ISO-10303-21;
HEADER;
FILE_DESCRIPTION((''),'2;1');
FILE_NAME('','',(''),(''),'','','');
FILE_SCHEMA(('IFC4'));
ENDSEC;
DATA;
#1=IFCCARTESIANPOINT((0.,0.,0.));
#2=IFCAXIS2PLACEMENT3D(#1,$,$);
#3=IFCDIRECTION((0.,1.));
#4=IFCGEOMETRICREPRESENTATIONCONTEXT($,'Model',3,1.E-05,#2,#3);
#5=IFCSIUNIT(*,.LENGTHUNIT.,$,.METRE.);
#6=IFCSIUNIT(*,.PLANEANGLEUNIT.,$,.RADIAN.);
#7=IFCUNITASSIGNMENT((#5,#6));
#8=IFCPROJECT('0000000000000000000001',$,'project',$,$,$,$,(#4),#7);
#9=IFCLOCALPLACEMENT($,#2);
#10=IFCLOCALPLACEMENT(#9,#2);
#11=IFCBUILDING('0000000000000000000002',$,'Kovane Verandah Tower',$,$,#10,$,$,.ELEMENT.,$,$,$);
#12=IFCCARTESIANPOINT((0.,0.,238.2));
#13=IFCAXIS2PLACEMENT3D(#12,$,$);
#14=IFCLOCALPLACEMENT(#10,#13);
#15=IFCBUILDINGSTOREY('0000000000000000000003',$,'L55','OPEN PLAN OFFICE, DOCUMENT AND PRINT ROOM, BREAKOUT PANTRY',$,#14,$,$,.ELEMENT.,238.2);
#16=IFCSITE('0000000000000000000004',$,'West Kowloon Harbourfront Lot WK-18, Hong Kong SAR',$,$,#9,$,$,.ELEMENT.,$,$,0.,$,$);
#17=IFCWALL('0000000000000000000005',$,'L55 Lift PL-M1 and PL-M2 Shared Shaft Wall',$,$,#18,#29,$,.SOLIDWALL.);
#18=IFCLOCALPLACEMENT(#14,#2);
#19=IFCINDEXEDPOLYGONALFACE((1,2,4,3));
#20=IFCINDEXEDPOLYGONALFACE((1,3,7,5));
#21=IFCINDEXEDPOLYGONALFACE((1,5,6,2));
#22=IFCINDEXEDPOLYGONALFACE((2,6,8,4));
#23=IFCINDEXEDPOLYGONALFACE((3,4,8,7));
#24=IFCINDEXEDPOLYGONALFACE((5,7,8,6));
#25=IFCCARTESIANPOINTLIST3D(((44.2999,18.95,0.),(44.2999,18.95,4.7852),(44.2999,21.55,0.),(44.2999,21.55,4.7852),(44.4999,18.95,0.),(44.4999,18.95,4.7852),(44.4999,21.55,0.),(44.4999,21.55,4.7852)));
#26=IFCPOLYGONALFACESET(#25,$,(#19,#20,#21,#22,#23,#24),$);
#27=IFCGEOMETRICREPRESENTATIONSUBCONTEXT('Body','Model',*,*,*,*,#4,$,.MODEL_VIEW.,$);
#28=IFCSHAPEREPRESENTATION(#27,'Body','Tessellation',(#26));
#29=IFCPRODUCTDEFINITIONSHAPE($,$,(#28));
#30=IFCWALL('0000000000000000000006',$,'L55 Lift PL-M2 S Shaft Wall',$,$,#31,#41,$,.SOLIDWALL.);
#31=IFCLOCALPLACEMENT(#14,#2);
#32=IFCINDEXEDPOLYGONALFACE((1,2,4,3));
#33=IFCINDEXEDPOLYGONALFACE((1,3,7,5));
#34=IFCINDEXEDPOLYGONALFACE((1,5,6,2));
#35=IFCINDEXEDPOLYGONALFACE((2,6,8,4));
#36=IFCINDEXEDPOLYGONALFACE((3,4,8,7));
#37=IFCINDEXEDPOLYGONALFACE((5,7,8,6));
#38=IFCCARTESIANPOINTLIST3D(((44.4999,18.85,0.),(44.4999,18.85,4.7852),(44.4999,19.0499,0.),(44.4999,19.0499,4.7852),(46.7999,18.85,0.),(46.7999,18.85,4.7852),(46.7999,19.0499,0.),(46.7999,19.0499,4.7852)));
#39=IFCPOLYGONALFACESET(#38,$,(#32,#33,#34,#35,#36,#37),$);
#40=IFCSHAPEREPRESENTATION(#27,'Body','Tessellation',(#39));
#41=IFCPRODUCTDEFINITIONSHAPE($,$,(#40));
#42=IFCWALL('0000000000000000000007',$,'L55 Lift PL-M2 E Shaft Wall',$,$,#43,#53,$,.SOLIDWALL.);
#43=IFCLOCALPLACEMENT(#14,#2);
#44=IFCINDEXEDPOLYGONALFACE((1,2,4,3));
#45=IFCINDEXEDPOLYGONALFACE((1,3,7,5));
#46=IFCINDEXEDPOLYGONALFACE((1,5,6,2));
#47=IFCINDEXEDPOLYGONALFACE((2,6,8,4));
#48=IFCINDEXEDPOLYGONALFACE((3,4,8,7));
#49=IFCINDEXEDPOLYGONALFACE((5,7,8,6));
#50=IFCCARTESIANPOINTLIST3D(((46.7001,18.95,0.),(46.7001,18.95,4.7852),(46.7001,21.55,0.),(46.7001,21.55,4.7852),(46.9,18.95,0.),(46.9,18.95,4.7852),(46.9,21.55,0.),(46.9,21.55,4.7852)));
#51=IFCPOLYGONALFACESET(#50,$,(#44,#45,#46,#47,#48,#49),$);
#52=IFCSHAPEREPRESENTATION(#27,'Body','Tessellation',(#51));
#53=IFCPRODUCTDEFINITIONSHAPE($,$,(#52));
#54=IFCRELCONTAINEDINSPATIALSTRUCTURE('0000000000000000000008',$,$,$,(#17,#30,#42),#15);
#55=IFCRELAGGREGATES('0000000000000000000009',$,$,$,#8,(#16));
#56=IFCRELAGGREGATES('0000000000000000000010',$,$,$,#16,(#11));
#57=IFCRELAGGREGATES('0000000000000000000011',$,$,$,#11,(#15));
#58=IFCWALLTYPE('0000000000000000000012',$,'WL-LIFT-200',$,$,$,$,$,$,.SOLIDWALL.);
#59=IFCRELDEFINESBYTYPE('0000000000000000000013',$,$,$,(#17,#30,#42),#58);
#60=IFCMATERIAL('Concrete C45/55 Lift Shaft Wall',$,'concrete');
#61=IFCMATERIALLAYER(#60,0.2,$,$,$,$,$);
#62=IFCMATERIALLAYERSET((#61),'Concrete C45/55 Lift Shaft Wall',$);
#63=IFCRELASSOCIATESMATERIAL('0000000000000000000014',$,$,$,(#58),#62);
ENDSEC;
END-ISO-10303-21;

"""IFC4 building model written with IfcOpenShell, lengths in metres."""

from ifc_helpers import new_model, si_unit, direction, frame, frame_2d, origin, place, context, subcontext, project, spatial, rectangle, extrude, material, layer, layer_set, type_object, element, save


model = new_model("IFC4")

# Units and contexts
model_context = context("Model", 3, precision=1e-05, world=origin(), true_north=direction((0.0, 1.0)))
body_context = subcontext(model_context, "Body", "Model", "MODEL_VIEW")
ifc_project = project(units=[si_unit("LENGTHUNIT", "METRE"), si_unit("PLANEANGLEUNIT", "RADIAN")], contexts=[model_context])

# Site, building, storey
site_placement = place(None, origin())
site = spatial("IfcSite", under=ifc_project, at=site_placement, Name="West Kowloon Harbourfront Lot WK-18, Hong Kong SAR", CompositionType="ELEMENT", RefElevation=0.0)
building_placement = place(site_placement, origin())
building = spatial("IfcBuilding", under=site, at=building_placement, Name="Kovane Verandah Tower", CompositionType="ELEMENT")
storey_placement = place(building_placement, frame((0.0, 0.0, 238.2)))
storey = spatial("IfcBuildingStorey", under=building, at=storey_placement, Name="L55", Description="OPEN PLAN OFFICE, DOCUMENT AND PRINT ROOM, BREAKOUT PANTRY", CompositionType="ELEMENT", Elevation=238.2)

# Walls
ifc_material_1 = material(Name="Concrete C45/55 Lift Shaft Wall", Category="concrete")
ifc_layer_1 = layer(ifc_material_1, 0.2)
ifc_layer_set_1 = layer_set([ifc_layer_1], Name="Concrete C45/55 Lift Shaft Wall")
wall_type_1 = type_object("IfcWallType", Name="WL-LIFT-200", PredefinedType="SOLIDWALL", material=ifc_layer_set_1)
wall_1_placement = place(storey_placement, frame((44.3999, 18.95, 0.0), z_axis=(0.0, 0.0, 1.0), x_axis=(0.0, 1.0, 0.0)))
element("IfcWall", 1, at=wall_1_placement, inside=storey, type_object=wall_type_1, Name="L55 Lift PL-M1 and PL-M2 Shared Shaft Wall", PredefinedType="SOLIDWALL", context=body_context, shape_type="SweptSolid", body=[
    extrude(rectangle(XDim=2.6001, YDim=0.2, at=frame_2d((1.3, 0.0))), origin(), (0.0, 0.0, 1.0), 4.7852),
])
wall_2_placement = place(storey_placement, frame((44.5, 18.95, 0.0), z_axis=(0.0, 0.0, 1.0), x_axis=(1.0, 0.0, 0.0)))
element("IfcWall", 2, at=wall_2_placement, inside=storey, type_object=wall_type_1, Name="L55 Lift PL-M2 S Shaft Wall", PredefinedType="SOLIDWALL", context=body_context, shape_type="SweptSolid", body=[
    extrude(rectangle(XDim=2.3, YDim=0.2, at=frame_2d((1.1499, 0.0))), origin(), (0.0, 0.0, 1.0), 4.7852),
])
wall_3_placement = place(storey_placement, frame((46.8, 18.95, 0.0), z_axis=(0.0, 0.0, 1.0), x_axis=(0.0, 1.0, 0.0)))
element("IfcWall", 3, at=wall_3_placement, inside=storey, type_object=wall_type_1, Name="L55 Lift PL-M2 E Shaft Wall", PredefinedType="SOLIDWALL", context=body_context, shape_type="SweptSolid", body=[
    extrude(rectangle(XDim=2.6001, YDim=0.2, at=frame_2d((1.3, 0.0))), origin(), (0.0, 0.0, 1.0), 4.7852),
])

save(model, "model.ifc")
